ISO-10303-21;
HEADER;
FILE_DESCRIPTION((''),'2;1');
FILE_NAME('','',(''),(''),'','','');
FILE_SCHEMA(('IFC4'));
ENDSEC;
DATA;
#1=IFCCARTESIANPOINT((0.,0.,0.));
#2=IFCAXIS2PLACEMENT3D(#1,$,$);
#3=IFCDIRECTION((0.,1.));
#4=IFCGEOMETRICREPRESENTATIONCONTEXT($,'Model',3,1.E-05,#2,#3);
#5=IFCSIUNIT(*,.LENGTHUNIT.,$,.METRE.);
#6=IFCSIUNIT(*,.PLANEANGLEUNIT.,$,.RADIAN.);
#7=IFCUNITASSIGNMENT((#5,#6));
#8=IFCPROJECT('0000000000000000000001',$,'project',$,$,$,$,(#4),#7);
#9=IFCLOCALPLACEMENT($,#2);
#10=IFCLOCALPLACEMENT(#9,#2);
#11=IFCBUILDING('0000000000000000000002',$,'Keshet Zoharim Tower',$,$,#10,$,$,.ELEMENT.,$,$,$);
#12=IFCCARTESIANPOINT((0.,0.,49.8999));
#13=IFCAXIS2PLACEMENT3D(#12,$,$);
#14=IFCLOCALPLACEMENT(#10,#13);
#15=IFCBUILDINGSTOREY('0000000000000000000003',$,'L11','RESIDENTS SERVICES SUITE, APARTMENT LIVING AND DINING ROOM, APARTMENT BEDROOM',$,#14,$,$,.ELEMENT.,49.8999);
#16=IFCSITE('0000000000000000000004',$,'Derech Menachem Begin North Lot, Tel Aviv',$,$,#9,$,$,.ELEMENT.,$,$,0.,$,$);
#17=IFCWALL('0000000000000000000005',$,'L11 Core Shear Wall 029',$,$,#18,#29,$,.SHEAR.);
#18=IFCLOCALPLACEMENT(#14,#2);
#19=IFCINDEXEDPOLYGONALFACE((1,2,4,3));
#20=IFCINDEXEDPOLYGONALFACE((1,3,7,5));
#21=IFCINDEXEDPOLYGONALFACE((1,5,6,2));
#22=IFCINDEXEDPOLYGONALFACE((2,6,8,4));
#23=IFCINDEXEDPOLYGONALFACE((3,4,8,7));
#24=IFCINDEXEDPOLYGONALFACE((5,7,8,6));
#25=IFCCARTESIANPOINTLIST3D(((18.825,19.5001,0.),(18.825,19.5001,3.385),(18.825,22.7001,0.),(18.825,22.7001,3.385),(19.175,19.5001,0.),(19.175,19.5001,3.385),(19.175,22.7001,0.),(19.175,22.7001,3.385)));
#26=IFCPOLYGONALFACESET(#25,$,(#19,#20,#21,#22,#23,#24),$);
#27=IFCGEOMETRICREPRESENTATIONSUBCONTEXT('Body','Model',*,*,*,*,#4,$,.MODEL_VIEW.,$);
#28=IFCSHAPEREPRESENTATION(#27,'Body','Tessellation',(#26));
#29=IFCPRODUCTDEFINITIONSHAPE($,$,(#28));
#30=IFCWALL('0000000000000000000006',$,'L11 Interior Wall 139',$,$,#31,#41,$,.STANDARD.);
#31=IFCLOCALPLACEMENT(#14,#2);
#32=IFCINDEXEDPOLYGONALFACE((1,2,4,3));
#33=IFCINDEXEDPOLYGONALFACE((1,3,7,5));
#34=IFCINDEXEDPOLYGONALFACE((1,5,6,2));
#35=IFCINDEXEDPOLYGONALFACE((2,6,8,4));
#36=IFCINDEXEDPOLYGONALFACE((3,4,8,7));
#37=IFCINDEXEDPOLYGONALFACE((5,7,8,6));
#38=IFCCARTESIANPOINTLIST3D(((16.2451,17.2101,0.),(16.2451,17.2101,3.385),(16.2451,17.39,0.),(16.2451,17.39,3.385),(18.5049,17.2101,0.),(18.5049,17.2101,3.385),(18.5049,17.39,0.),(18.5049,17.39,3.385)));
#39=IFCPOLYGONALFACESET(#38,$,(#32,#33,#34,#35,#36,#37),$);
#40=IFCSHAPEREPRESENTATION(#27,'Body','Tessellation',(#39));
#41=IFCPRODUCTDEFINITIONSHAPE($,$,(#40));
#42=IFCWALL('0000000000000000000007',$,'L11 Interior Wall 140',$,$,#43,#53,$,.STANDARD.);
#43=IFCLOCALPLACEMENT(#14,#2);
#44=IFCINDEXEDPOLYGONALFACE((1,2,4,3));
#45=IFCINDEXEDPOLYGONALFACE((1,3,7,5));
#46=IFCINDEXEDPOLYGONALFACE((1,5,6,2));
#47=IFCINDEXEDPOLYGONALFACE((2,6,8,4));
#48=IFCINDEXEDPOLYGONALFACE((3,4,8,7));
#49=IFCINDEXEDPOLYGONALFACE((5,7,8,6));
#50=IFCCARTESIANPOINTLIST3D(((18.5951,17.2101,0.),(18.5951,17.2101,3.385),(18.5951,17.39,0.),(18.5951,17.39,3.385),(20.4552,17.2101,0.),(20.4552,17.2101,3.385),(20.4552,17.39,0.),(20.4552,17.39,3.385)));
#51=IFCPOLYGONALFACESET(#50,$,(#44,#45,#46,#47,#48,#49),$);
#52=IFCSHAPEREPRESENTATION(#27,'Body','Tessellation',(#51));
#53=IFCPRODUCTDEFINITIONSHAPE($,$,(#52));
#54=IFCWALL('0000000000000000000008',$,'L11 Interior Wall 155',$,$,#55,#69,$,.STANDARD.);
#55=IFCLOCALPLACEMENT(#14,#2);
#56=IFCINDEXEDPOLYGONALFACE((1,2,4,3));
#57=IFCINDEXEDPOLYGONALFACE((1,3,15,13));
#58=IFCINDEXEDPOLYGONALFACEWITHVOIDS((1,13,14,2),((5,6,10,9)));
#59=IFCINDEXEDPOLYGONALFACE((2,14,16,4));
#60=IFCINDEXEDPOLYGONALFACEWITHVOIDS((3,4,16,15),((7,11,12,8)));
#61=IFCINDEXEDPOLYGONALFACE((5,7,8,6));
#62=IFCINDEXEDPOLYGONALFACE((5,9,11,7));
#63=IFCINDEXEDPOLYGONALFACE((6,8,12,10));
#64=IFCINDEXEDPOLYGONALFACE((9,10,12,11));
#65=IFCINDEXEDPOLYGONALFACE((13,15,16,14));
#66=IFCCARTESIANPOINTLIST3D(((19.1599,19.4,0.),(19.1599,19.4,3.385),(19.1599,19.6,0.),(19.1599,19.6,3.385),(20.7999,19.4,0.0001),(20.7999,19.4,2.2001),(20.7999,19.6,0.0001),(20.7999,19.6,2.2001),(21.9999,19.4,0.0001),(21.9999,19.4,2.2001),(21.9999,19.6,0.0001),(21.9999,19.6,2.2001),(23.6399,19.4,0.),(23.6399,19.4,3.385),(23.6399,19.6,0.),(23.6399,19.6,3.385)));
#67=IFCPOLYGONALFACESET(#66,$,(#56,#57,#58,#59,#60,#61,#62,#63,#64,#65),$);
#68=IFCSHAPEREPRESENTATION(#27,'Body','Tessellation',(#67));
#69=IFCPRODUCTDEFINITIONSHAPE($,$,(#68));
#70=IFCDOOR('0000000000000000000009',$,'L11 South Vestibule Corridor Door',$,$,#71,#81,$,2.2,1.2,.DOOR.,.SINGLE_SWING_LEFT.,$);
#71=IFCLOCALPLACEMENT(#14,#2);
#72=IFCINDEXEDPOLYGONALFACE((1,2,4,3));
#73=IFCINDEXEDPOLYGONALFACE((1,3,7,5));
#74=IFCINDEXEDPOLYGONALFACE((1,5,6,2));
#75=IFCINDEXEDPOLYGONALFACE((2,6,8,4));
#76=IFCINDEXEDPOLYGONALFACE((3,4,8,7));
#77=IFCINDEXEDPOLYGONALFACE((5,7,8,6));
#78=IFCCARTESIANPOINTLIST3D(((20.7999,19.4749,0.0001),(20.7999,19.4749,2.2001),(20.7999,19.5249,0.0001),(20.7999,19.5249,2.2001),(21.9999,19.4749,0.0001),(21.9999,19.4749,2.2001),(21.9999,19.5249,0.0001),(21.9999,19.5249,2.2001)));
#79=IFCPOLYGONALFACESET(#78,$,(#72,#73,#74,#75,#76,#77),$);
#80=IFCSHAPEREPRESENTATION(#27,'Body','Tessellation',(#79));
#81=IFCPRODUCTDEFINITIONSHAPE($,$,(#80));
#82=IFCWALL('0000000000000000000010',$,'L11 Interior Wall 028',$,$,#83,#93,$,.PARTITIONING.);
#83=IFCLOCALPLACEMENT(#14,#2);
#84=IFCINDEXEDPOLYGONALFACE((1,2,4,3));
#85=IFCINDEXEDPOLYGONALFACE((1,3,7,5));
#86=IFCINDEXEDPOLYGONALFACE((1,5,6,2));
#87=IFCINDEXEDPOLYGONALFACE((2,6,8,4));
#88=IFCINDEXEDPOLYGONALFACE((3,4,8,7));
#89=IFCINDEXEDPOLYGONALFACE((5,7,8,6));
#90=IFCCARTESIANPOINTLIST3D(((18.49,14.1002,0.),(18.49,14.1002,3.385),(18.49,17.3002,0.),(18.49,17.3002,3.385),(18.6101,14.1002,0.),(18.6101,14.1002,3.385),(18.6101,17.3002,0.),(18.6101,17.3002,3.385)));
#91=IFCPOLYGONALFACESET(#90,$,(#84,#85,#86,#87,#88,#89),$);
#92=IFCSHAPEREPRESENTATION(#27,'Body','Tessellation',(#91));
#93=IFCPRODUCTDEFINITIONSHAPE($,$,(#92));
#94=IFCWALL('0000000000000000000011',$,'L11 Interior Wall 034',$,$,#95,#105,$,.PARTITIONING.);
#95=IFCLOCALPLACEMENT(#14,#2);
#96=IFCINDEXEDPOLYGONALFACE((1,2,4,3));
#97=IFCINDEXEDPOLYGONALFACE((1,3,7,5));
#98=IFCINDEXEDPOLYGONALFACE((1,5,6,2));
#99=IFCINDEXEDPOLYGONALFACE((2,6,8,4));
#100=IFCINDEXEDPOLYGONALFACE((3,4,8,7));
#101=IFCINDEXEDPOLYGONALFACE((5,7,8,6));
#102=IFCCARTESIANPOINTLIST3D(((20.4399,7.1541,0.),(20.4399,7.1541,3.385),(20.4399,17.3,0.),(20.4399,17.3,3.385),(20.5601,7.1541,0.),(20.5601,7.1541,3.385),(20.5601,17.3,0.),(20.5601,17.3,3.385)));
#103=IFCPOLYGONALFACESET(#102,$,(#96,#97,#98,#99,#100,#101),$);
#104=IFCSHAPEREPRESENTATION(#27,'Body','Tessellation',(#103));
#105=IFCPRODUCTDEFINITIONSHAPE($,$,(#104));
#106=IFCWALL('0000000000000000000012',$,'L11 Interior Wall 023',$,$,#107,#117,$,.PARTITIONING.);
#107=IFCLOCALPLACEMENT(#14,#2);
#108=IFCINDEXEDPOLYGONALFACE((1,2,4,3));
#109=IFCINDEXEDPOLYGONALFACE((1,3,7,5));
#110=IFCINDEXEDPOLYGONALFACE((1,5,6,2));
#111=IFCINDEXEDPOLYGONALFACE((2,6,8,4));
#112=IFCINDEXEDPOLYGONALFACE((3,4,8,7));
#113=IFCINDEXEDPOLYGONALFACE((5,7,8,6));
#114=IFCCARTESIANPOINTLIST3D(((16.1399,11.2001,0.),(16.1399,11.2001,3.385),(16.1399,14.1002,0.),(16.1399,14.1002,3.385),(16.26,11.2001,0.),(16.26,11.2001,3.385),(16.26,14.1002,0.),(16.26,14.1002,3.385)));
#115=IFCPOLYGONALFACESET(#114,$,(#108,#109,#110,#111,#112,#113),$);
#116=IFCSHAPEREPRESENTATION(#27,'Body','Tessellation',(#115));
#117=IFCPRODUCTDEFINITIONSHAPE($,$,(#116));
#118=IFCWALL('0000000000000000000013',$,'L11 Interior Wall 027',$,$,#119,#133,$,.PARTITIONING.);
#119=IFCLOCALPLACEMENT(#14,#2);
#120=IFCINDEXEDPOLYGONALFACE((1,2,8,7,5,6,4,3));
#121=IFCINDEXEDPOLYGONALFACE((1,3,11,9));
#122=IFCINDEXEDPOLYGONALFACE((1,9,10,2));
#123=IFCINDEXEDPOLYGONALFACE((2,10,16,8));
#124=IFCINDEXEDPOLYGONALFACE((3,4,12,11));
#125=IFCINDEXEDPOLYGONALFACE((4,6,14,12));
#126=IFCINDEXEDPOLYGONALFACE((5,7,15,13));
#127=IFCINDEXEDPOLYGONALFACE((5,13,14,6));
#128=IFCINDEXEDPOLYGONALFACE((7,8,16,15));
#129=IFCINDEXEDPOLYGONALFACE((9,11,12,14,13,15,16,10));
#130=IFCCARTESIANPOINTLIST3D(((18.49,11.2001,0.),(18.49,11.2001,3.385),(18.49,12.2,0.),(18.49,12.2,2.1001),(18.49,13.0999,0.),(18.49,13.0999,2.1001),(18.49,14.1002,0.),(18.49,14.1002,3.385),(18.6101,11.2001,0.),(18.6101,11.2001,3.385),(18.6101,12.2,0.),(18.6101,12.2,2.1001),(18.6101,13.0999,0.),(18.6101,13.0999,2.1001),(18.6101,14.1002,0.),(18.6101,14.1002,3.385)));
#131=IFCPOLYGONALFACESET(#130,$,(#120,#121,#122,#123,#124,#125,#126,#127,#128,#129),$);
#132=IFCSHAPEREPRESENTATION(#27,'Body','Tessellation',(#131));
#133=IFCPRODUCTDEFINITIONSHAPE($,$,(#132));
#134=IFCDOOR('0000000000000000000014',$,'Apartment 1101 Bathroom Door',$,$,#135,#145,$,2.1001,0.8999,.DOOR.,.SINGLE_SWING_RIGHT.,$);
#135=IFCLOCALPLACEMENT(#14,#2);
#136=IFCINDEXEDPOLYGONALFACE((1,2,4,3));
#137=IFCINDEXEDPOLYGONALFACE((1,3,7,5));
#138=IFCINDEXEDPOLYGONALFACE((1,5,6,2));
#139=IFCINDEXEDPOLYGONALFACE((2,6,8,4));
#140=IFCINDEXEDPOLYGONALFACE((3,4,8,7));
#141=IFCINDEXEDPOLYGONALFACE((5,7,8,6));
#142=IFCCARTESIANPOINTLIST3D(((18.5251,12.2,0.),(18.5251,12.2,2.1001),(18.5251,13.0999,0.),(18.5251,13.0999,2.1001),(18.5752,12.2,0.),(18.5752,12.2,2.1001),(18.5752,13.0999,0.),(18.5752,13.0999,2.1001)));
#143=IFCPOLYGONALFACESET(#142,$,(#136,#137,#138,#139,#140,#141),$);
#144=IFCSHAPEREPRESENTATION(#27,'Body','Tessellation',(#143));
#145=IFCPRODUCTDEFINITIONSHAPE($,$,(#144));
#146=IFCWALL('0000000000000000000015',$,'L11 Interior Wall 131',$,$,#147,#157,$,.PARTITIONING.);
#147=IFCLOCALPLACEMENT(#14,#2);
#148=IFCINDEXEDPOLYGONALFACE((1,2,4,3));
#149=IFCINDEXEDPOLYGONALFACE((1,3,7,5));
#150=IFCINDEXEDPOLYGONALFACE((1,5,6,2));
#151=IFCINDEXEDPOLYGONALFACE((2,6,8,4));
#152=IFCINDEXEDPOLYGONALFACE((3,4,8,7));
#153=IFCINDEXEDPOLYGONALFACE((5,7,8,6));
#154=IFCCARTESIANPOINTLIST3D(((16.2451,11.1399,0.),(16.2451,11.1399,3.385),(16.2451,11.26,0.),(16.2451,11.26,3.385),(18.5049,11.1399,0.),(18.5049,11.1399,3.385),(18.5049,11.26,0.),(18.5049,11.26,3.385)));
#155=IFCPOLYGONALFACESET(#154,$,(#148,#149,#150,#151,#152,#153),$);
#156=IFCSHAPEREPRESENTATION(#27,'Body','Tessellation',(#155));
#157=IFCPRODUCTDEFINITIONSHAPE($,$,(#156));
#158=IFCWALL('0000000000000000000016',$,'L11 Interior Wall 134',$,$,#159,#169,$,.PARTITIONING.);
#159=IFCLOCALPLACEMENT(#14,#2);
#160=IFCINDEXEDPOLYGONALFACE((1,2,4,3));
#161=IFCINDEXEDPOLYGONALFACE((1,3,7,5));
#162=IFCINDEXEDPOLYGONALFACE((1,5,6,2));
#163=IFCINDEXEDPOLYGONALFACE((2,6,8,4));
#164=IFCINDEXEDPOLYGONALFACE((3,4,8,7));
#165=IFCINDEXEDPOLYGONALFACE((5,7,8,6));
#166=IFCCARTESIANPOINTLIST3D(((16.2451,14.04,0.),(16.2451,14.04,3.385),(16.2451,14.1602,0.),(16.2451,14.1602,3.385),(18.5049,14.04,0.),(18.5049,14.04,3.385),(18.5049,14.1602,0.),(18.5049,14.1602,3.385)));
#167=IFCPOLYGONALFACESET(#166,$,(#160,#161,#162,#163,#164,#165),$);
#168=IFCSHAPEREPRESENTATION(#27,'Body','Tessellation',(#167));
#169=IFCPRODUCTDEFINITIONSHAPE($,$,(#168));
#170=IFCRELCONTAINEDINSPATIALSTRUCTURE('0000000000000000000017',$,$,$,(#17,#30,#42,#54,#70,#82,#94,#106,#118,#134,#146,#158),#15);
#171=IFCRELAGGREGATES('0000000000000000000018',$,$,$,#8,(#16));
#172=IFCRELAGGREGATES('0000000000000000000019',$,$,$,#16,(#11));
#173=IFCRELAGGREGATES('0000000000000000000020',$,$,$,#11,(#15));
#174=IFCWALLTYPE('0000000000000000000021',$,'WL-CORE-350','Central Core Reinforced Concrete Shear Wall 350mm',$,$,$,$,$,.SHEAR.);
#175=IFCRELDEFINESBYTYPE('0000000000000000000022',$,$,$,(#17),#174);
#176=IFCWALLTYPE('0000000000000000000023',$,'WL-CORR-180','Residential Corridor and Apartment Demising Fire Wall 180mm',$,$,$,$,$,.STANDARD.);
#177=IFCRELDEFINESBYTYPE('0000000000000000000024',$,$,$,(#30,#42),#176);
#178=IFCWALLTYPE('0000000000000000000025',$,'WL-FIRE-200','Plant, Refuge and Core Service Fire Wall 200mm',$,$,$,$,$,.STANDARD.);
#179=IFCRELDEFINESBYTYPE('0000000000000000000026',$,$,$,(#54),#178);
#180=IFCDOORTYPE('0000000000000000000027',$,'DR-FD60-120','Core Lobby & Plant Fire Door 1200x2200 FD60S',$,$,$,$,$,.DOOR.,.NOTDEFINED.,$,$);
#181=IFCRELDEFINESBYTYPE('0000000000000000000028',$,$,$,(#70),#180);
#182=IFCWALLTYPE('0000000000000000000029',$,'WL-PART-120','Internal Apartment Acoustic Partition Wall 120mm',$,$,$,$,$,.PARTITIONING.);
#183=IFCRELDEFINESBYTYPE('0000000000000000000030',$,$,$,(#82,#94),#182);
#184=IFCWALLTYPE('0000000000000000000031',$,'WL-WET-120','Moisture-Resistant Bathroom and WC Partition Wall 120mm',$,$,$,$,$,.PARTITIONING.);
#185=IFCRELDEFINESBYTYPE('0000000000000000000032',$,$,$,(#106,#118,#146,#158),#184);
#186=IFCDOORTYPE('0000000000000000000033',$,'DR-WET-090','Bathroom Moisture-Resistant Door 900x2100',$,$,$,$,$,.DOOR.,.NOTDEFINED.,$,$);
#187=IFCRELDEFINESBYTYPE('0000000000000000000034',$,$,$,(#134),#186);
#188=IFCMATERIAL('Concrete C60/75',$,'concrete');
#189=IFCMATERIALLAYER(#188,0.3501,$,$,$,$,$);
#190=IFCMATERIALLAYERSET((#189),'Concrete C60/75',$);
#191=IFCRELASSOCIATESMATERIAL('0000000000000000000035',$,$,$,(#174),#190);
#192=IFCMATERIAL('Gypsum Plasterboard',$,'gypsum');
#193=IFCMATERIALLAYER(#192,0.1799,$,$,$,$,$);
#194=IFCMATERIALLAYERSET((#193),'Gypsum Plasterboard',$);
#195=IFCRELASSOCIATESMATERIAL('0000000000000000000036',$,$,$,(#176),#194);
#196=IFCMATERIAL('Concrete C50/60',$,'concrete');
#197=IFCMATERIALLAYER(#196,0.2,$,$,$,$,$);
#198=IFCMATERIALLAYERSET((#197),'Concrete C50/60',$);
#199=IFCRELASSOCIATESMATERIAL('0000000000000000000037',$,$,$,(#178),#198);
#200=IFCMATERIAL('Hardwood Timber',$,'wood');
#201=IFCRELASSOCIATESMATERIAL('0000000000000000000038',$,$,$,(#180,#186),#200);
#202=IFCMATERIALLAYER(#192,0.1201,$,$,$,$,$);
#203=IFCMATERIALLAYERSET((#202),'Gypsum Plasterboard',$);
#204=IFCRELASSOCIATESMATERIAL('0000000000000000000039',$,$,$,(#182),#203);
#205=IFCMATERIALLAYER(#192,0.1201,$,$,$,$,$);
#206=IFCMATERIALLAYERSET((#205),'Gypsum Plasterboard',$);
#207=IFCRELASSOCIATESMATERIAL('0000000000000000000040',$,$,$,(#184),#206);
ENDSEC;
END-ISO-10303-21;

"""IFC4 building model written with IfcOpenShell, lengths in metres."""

from ifc_helpers import new_model, si_unit, direction, frame, frame_2d, origin, place, context, subcontext, project, spatial, rectangle, extrude, material, layer, layer_set, type_object, element, fill, save


model = new_model("IFC4")

# Units and contexts
model_context = context("Model", 3, precision=1e-05, world=origin(), true_north=direction((0.0, 1.0)))
body_context = subcontext(model_context, "Body", "Model", "MODEL_VIEW")
ifc_project = project(units=[si_unit("LENGTHUNIT", "METRE"), si_unit("PLANEANGLEUNIT", "RADIAN")], contexts=[model_context])

# Site, building, storey
site_placement = place(None, origin())
site = spatial("IfcSite", under=ifc_project, at=site_placement, Name="Derech Menachem Begin North Lot, Tel Aviv", CompositionType="ELEMENT", RefElevation=0.0)
building_placement = place(site_placement, origin())
building = spatial("IfcBuilding", under=site, at=building_placement, Name="Keshet Zoharim Tower", CompositionType="ELEMENT")
storey_placement = place(building_placement, frame((0.0, 0.0, 49.8999)))
storey = spatial("IfcBuildingStorey", under=building, at=storey_placement, Name="L11", Description="RESIDENTS SERVICES SUITE, APARTMENT LIVING AND DINING ROOM, APARTMENT BEDROOM", CompositionType="ELEMENT", Elevation=49.8999)

# Shared definitions
ifc_material_1 = material(Name="Concrete C60/75", Category="concrete")

# Walls
ifc_layer_1 = layer(ifc_material_1, 0.3501)
ifc_layer_set_1 = layer_set([ifc_layer_1], Name="Concrete C60/75")
wall_type_1 = type_object("IfcWallType", Name="WL-CORE-350", Description="Central Core Reinforced Concrete Shear Wall 350mm", PredefinedType="SHEAR", material=ifc_layer_set_1)
for number, where, z_axis, x_axis, name in (
    (1, (19.0, 19.5, 0.0), (0.0, 0.0, 1.0), (0.0, 1.0, 0.0), "L11 Core Shear Wall 029"),
):
    element("IfcWall", number, at=place(storey_placement, frame(where, z_axis=z_axis, x_axis=x_axis)), inside=storey, type_object=wall_type_1, Name=name, PredefinedType="SHEAR", context=body_context, shape_type="SweptSolid", body=[
        extrude(rectangle(XDim=3.2, YDim=0.3501, at=frame_2d((1.6001, 0.0))), origin(), (0.0, 0.0, 1.0), 3.385),
    ])
ifc_material_2 = material(Name="Gypsum Plasterboard", Category="gypsum")
ifc_layer_2 = layer(ifc_material_2, 0.1799)
ifc_layer_set_2 = layer_set([ifc_layer_2], Name="Gypsum Plasterboard")
wall_type_2 = type_object("IfcWallType", Name="WL-CORR-180", Description="Residential Corridor and Apartment Demising Fire Wall 180mm", PredefinedType="STANDARD", material=ifc_layer_set_2)
wall_1_placement = place(storey_placement, frame((16.2451, 17.3, 0.0), z_axis=(0.0, 0.0, 1.0), x_axis=(1.0, 0.0, 0.0)))
element("IfcWall", 2, at=wall_1_placement, inside=storey, type_object=wall_type_2, Name="L11 Interior Wall 139", PredefinedType="STANDARD", context=body_context, shape_type="SweptSolid", body=[
    extrude(rectangle(XDim=2.2598, YDim=0.1799, at=frame_2d((1.1299, 0.0))), origin(), (0.0, 0.0, 1.0), 3.385),
])
wall_2_placement = place(storey_placement, frame((18.595, 17.3, 0.0), z_axis=(0.0, 0.0, 1.0), x_axis=(1.0, 0.0, 0.0)))
element("IfcWall", 3, at=wall_2_placement, inside=storey, type_object=wall_type_2, Name="L11 Interior Wall 140", PredefinedType="STANDARD", context=body_context, shape_type="SweptSolid", body=[
    extrude(rectangle(XDim=1.8601, YDim=0.1799, at=frame_2d((0.9302, 0.0))), origin(), (0.0, 0.0, 1.0), 3.385),
])

# Wall, opening, door
ifc_material_3 = material(Name="Concrete C50/60", Category="concrete")
ifc_layer_3 = layer(ifc_material_3, 0.2)
ifc_layer_set_3 = layer_set([ifc_layer_3], Name="Concrete C50/60")
wall_type_3 = type_object("IfcWallType", Name="WL-FIRE-200", Description="Plant, Refuge and Core Service Fire Wall 200mm", PredefinedType="STANDARD", material=ifc_layer_set_3)
ifc_material_4 = material(Name="Hardwood Timber", Category="wood")
wall_3_placement = place(storey_placement, frame((19.1599, 19.5, 0.0), z_axis=(0.0, 0.0, 1.0), x_axis=(1.0, 0.0, 0.0)))
wall_3 = element("IfcWall", 4, at=wall_3_placement, inside=storey, type_object=wall_type_3, Name="L11 Interior Wall 155", PredefinedType="STANDARD", context=body_context, shape_type="SweptSolid", body=[
    extrude(rectangle(XDim=4.48, YDim=0.2, at=frame_2d((2.24, 0.0))), origin(), (0.0, 0.0, 1.0), 3.385),
])
opening_1_placement = place(wall_3_placement, frame((1.6399, 0.0, 0.0)))
opening_1 = element("IfcOpeningElement", 5, at=opening_1_placement, cuts=wall_3, PredefinedType="OPENING", context=body_context, shape_type="SweptSolid", body=[
    extrude(rectangle(XDim=1.2, YDim=2.2, at=frame_2d((0.6001, 1.1001))), frame((0.0, 0.1099, 0.0), z_axis=(0.0, -1.0, 0.0), x_axis=(1.0, 0.0, 0.0)), (0.0, 0.0, 1.0), 0.22),
])
door_type_1 = type_object("IfcDoorType", Name="DR-FD60-120", Description="Core Lobby & Plant Fire Door 1200x2200 FD60S", OperationType="NOTDEFINED", PredefinedType="DOOR", material=ifc_material_4)
door_1_placement = place(opening_1_placement, origin())
door_1 = element("IfcDoor", 6, at=door_1_placement, inside=storey, type_object=door_type_1, Name="L11 South Vestibule Corridor Door", OperationType="SINGLE_SWING_LEFT", OverallHeight=2.2, OverallWidth=1.2, PredefinedType="DOOR", context=body_context, shape_type="SweptSolid", body=[
    extrude(rectangle(XDim=1.2, YDim=2.2, at=frame_2d((0.6001, 1.1001))), frame((0.0, 0.0249, 0.0), z_axis=(0.0, -1.0, 0.0), x_axis=(1.0, 0.0, 0.0)), (0.0, 0.0, 1.0), 0.05),
])
fill(opening_1, door_1)
ifc_layer_4 = layer(ifc_material_2, 0.1201)
ifc_layer_set_4 = layer_set([ifc_layer_4], Name="Gypsum Plasterboard")
wall_type_4 = type_object("IfcWallType", Name="WL-PART-120", Description="Internal Apartment Acoustic Partition Wall 120mm", PredefinedType="PARTITIONING", material=ifc_layer_set_4)

# Walls
wall_4_placement = place(storey_placement, frame((18.55, 14.1001, 0.0), z_axis=(0.0, 0.0, 1.0), x_axis=(0.0, 1.0, 0.0)))
element("IfcWall", 7, at=wall_4_placement, inside=storey, type_object=wall_type_4, Name="L11 Interior Wall 028", PredefinedType="PARTITIONING", context=body_context, shape_type="SweptSolid", body=[
    extrude(rectangle(XDim=3.2, YDim=0.1201, at=frame_2d((1.6001, 0.0))), origin(), (0.0, 0.0, 1.0), 3.385),
])
wall_5_placement = place(storey_placement, frame((20.5, 7.1541, 0.0), z_axis=(0.0, 0.0, 1.0), x_axis=(0.0, 1.0, 0.0)))
element("IfcWall", 8, at=wall_5_placement, inside=storey, type_object=wall_type_4, Name="L11 Interior Wall 034", PredefinedType="PARTITIONING", context=body_context, shape_type="SweptSolid", body=[
    extrude(rectangle(XDim=10.146, YDim=0.1201, at=frame_2d((5.073, 0.0))), origin(), (0.0, 0.0, 1.0), 3.385),
])
ifc_layer_5 = layer(ifc_material_2, 0.1201)
ifc_layer_set_5 = layer_set([ifc_layer_5], Name="Gypsum Plasterboard")
wall_type_5 = type_object("IfcWallType", Name="WL-WET-120", Description="Moisture-Resistant Bathroom and WC Partition Wall 120mm", PredefinedType="PARTITIONING", material=ifc_layer_set_5)
wall_6_placement = place(storey_placement, frame((16.2, 11.2, 0.0), z_axis=(0.0, 0.0, 1.0), x_axis=(0.0, 1.0, 0.0)))
element("IfcWall", 9, at=wall_6_placement, inside=storey, type_object=wall_type_5, Name="L11 Interior Wall 023", PredefinedType="PARTITIONING", context=body_context, shape_type="SweptSolid", body=[
    extrude(rectangle(XDim=2.9001, YDim=0.1201, at=frame_2d((1.4502, 0.0))), origin(), (0.0, 0.0, 1.0), 3.385),
])

# Wall, opening, door
wall_7_placement = place(storey_placement, frame((18.55, 11.2, 0.0), z_axis=(0.0, 0.0, 1.0), x_axis=(0.0, 1.0, 0.0)))
wall_7 = element("IfcWall", 10, at=wall_7_placement, inside=storey, type_object=wall_type_5, Name="L11 Interior Wall 027", PredefinedType="PARTITIONING", context=body_context, shape_type="SweptSolid", body=[
    extrude(rectangle(XDim=2.9001, YDim=0.1201, at=frame_2d((1.4502, 0.0))), origin(), (0.0, 0.0, 1.0), 3.385),
])
opening_2_placement = place(wall_7_placement, frame((1.0, 0.0, 0.0)))
opening_2 = element("IfcOpeningElement", 11, at=opening_2_placement, cuts=wall_7, PredefinedType="OPENING", context=body_context, shape_type="SweptSolid", body=[
    extrude(rectangle(XDim=0.8999, YDim=2.1001, at=frame_2d((0.45, 1.05))), frame((0.0, 0.0701, 0.0), z_axis=(0.0, -1.0, 0.0), x_axis=(1.0, 0.0, 0.0)), (0.0, 0.0, 1.0), 0.1401),
])
door_type_2 = type_object("IfcDoorType", Name="DR-WET-090", Description="Bathroom Moisture-Resistant Door 900x2100", OperationType="NOTDEFINED", PredefinedType="DOOR", material=ifc_material_4)
door_2_placement = place(opening_2_placement, origin())
door_2 = element("IfcDoor", 12, at=door_2_placement, inside=storey, type_object=door_type_2, Name="Apartment 1101 Bathroom Door", OperationType="SINGLE_SWING_RIGHT", OverallHeight=2.1001, OverallWidth=0.8999, PredefinedType="DOOR", context=body_context, shape_type="SweptSolid", body=[
    extrude(rectangle(XDim=0.8999, YDim=2.1001, at=frame_2d((0.45, 1.05))), frame((0.0, 0.0249, 0.0), z_axis=(0.0, -1.0, 0.0), x_axis=(1.0, 0.0, 0.0)), (0.0, 0.0, 1.0), 0.05),
])
fill(opening_2, door_2)

# Walls
for number, where, z_axis, x_axis, name in (
    (13, (16.2451, 11.2, 0.0), (0.0, 0.0, 1.0), (1.0, 0.0, 0.0), "L11 Interior Wall 131"),
    (14, (16.2451, 14.1001, 0.0), (0.0, 0.0, 1.0), (1.0, 0.0, 0.0), "L11 Interior Wall 134"),
):
    element("IfcWall", number, at=place(storey_placement, frame(where, z_axis=z_axis, x_axis=x_axis)), inside=storey, type_object=wall_type_5, Name=name, PredefinedType="PARTITIONING", context=body_context, shape_type="SweptSolid", body=[
        extrude(rectangle(XDim=2.2598, YDim=0.1201, at=frame_2d((1.1299, 0.0))), origin(), (0.0, 0.0, 1.0), 3.385),
    ])

save(model, "model.ifc")
